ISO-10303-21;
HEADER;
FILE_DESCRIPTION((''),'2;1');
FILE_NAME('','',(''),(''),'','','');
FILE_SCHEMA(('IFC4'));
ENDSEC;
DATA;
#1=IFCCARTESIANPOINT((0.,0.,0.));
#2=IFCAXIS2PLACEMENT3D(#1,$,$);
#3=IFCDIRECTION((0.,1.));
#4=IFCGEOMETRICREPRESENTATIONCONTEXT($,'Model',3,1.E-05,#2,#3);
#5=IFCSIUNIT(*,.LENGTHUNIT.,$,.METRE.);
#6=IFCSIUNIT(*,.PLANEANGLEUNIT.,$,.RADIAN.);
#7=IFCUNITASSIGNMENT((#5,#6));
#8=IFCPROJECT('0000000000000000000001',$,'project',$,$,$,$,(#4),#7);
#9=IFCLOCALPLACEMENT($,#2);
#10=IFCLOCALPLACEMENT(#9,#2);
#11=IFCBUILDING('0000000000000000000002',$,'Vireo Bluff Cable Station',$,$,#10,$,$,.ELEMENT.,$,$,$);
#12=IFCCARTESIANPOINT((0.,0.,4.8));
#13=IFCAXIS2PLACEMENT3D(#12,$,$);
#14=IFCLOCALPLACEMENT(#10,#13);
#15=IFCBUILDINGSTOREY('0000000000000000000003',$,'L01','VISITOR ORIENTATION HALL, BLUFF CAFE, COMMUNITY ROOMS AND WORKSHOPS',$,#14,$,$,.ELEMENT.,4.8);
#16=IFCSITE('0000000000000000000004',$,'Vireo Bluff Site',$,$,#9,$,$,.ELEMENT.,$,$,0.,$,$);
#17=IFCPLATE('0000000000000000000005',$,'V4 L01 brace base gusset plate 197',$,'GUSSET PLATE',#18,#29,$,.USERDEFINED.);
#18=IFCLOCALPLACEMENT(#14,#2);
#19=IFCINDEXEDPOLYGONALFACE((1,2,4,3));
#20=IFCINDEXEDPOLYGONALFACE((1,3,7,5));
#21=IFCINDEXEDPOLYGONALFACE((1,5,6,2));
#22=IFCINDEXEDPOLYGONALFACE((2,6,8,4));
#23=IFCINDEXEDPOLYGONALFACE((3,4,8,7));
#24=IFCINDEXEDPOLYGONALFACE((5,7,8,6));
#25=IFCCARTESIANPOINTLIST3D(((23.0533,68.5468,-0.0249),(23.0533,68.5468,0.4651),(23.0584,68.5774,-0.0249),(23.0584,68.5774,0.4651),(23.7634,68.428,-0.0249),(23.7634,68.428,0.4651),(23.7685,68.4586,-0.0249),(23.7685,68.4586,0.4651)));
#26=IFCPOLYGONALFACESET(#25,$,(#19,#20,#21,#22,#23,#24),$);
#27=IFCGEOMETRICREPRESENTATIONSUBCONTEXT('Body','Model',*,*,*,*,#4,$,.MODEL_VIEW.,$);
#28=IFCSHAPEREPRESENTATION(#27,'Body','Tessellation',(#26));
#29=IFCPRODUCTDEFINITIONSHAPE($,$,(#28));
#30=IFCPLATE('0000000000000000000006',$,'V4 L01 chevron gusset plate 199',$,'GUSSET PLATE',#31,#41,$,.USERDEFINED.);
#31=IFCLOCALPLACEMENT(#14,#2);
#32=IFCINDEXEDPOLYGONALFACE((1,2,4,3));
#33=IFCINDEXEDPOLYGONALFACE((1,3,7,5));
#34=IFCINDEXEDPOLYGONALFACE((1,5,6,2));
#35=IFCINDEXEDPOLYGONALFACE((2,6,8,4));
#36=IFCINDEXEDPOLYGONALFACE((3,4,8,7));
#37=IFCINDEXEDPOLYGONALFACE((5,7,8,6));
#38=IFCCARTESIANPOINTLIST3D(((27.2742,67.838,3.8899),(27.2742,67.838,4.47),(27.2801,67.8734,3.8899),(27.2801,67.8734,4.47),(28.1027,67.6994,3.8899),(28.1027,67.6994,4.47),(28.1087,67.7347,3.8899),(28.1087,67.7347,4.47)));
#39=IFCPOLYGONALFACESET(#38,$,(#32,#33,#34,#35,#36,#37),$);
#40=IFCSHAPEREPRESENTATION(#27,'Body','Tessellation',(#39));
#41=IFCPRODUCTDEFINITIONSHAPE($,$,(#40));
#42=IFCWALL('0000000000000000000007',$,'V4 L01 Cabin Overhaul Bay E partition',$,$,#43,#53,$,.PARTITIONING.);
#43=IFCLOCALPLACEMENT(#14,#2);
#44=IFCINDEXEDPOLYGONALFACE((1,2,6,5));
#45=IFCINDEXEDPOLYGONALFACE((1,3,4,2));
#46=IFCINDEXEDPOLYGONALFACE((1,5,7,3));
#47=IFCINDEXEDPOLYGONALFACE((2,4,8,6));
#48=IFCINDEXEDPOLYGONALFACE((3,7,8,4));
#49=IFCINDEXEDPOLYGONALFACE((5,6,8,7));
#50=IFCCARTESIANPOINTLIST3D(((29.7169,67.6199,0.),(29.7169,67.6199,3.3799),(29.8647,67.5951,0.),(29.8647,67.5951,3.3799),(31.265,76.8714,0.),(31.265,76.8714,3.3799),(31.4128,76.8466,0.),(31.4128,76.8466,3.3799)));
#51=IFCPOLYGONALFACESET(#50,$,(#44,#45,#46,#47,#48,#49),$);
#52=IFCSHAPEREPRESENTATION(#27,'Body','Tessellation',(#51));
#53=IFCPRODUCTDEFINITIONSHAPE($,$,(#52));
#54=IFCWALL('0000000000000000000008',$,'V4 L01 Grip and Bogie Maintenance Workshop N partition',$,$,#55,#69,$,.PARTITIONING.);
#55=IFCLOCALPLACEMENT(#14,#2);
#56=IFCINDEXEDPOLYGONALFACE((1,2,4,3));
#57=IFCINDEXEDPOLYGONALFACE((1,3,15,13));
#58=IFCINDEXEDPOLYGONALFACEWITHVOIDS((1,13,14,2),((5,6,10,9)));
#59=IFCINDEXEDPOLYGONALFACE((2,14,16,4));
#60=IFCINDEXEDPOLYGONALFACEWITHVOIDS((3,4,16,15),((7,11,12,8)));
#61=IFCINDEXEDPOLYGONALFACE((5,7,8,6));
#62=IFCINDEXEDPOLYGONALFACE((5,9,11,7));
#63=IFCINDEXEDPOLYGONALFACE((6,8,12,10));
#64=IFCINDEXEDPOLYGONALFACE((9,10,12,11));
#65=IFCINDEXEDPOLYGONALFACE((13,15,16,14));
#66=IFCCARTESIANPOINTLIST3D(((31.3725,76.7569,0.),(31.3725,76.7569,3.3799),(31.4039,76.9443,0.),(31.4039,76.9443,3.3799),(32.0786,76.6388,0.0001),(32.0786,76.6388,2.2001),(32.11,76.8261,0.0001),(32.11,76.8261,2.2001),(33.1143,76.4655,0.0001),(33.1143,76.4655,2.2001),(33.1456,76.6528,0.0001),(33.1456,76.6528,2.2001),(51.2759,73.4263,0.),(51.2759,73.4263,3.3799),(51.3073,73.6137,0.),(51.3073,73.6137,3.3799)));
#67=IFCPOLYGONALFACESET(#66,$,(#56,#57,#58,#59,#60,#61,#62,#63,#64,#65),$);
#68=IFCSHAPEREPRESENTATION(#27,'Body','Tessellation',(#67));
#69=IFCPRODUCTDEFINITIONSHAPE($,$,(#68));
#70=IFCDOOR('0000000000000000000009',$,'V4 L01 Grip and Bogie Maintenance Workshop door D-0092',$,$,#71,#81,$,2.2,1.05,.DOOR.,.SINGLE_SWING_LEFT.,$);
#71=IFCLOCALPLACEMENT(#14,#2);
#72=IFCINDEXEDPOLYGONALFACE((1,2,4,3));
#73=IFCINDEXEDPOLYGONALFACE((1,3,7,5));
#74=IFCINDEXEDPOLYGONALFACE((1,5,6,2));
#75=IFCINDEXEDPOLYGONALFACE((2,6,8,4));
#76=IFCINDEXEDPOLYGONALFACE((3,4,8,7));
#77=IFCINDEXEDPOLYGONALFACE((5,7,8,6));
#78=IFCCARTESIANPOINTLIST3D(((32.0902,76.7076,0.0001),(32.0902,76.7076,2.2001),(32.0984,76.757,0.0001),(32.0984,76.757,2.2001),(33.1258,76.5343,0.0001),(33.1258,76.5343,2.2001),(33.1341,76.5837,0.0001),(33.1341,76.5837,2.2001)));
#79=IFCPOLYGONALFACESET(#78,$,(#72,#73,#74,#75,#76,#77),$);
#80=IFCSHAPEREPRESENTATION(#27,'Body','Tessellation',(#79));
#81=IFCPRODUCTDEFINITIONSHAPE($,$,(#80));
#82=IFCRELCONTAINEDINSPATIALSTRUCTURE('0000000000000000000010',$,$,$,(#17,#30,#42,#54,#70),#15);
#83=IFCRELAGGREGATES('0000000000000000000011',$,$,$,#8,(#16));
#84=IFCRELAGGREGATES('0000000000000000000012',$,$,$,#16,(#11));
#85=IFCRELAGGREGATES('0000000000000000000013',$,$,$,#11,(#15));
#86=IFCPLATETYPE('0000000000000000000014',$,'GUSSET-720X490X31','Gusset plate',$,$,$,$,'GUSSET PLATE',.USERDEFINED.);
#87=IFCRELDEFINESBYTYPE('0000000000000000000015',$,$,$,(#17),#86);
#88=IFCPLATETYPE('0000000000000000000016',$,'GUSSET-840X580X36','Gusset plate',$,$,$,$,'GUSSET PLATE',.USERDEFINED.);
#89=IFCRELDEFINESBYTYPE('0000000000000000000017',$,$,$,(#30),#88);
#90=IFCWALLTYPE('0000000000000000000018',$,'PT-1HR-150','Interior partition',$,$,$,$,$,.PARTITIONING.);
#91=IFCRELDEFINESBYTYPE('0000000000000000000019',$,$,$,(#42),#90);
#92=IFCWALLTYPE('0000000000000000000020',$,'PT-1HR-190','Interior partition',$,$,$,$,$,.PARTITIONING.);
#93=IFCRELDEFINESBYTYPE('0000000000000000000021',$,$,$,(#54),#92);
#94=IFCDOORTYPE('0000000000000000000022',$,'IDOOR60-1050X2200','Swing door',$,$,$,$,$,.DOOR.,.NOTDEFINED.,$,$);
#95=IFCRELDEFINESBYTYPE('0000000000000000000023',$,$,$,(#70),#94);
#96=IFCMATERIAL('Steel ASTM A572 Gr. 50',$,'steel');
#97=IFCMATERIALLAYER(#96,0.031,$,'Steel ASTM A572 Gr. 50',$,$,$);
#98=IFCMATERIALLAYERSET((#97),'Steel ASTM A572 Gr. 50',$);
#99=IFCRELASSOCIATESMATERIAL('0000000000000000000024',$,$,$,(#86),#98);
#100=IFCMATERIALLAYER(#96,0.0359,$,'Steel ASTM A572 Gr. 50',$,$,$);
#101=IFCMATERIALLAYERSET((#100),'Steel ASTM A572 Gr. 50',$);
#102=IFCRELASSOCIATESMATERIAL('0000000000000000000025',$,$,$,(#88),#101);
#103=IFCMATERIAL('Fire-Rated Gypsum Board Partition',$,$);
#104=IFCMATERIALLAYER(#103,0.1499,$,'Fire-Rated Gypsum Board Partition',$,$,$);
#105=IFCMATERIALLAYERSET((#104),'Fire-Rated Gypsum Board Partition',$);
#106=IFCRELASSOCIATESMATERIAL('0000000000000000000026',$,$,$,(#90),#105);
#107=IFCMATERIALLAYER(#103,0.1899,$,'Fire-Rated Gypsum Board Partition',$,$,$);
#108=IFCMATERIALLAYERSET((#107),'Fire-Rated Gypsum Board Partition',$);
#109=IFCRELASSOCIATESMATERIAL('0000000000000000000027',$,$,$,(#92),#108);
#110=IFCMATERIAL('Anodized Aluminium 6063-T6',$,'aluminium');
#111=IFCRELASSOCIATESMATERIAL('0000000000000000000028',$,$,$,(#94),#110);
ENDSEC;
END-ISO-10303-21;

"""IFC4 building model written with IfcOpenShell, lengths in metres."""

from ifc_helpers import new_model, si_unit, direction, frame, frame_2d, origin, origin_with_axes, origin_2d, place, context, subcontext, project, spatial, rectangle, extrude, material, layer, layer_set, type_object, element, fill, save


model = new_model("IFC4")

# Units and contexts
model_context = context("Model", 3, precision=1e-05, world=origin(), true_north=direction((0.0, 1.0)))
body_context = subcontext(model_context, "Body", "Model", "MODEL_VIEW")
ifc_project = project(units=[si_unit("LENGTHUNIT", "METRE"), si_unit("PLANEANGLEUNIT", "RADIAN")], contexts=[model_context])

# Site, building, storey
site_placement = place(None, origin())
site = spatial("IfcSite", under=ifc_project, at=site_placement, Name="Vireo Bluff Site", CompositionType="ELEMENT", RefElevation=0.0)
building_placement = place(site_placement, origin())
building = spatial("IfcBuilding", under=site, at=building_placement, Name="Vireo Bluff Cable Station", CompositionType="ELEMENT")
storey_placement = place(building_placement, frame((0.0, 0.0, 4.8)))
storey = spatial("IfcBuildingStorey", under=building, at=storey_placement, Name="L01", Description="VISITOR ORIENTATION HALL, BLUFF CAFE, COMMUNITY ROOMS AND WORKSHOPS", CompositionType="ELEMENT", Elevation=4.8)

# Plates
ifc_material_1 = material(Name="Steel ASTM A572 Gr. 50", Category="steel")
ifc_layer_1 = layer(ifc_material_1, 0.031, Name="Steel ASTM A572 Gr. 50")
ifc_layer_set_1 = layer_set([ifc_layer_1], Name="Steel ASTM A572 Gr. 50")
plate_type_1 = type_object("IfcPlateType", Name="GUSSET-720X490X31", Description="Gusset plate", ElementType="GUSSET PLATE", PredefinedType="USERDEFINED", material=ifc_layer_set_1)
plate_1_placement = place(storey_placement, frame((23.4109, 68.5027, -0.0249), z_axis=(0.0, 0.0, 1.0), x_axis=(0.986286, -0.165048, 0.0)))
element("IfcPlate", 1, at=plate_1_placement, inside=storey, type_object=plate_type_1, Name="V4 L01 brace base gusset plate 197", ObjectType="GUSSET PLATE", PredefinedType="USERDEFINED", context=body_context, shape_type="SweptSolid", body=[
    extrude(rectangle(XDim=0.72, YDim=0.031, at=origin_2d()), origin(), (0.0, 0.0, 1.0), 0.49),
])
ifc_layer_2 = layer(ifc_material_1, 0.0359, Name="Steel ASTM A572 Gr. 50")
ifc_layer_set_2 = layer_set([ifc_layer_2], Name="Steel ASTM A572 Gr. 50")
plate_type_2 = type_object("IfcPlateType", Name="GUSSET-840X580X36", Description="Gusset plate", ElementType="GUSSET PLATE", PredefinedType="USERDEFINED", material=ifc_layer_set_2)
plate_2_placement = place(storey_placement, frame((27.6914, 67.7864, 3.8899), z_axis=(0.0, 0.0, 1.0), x_axis=(0.986286, -0.165048, 0.0)))
element("IfcPlate", 2, at=plate_2_placement, inside=storey, type_object=plate_type_2, Name="V4 L01 chevron gusset plate 199", ObjectType="GUSSET PLATE", PredefinedType="USERDEFINED", context=body_context, shape_type="SweptSolid", body=[
    extrude(rectangle(XDim=0.8401, YDim=0.0359, at=origin_2d()), origin(), (0.0, 0.0, 1.0), 0.5801),
])

# Wall
ifc_material_2 = material(Name="Fire-Rated Gypsum Board Partition")
ifc_layer_3 = layer(ifc_material_2, 0.1499, Name="Fire-Rated Gypsum Board Partition")
ifc_layer_set_3 = layer_set([ifc_layer_3], Name="Fire-Rated Gypsum Board Partition")
wall_type_1 = type_object("IfcWallType", Name="PT-1HR-150", Description="Interior partition", PredefinedType="PARTITIONING", material=ifc_layer_set_3)
wall_1_placement = place(storey_placement, frame((31.3389, 76.8589, 0.0), z_axis=(0.0, 0.0, 1.0), x_axis=(-0.16504, -0.986287, 0.0)))
element("IfcWall", 3, at=wall_1_placement, inside=storey, type_object=wall_type_1, Name="V4 L01 Cabin Overhaul Bay E partition", PredefinedType="PARTITIONING", context=body_context, shape_type="SweptSolid", body=[
    extrude(rectangle(XDim=9.3801, YDim=0.1499, at=frame_2d((4.6899, 0.0))), origin(), (0.0, 0.0, 1.0), 3.3799),
])

# Wall, opening, door
ifc_layer_4 = layer(ifc_material_2, 0.1899, Name="Fire-Rated Gypsum Board Partition")
ifc_layer_set_4 = layer_set([ifc_layer_4], Name="Fire-Rated Gypsum Board Partition")
wall_type_2 = type_object("IfcWallType", Name="PT-1HR-190", Description="Interior partition", PredefinedType="PARTITIONING", material=ifc_layer_set_4)
wall_2_placement = place(storey_placement, frame((31.3882, 76.8506, 0.0), z_axis=(0.0, 0.0, 1.0), x_axis=(0.986286, -0.165042, 0.0)))
wall_2 = element("IfcWall", 4, at=wall_2_placement, inside=storey, type_object=wall_type_2, Name="V4 L01 Grip and Bogie Maintenance Workshop N partition", PredefinedType="PARTITIONING", context=body_context, shape_type="SweptSolid", body=[
    extrude(rectangle(XDim=20.1802, YDim=0.1899, at=frame_2d((10.0901, 0.0))), origin(), (0.0, 0.0, 1.0), 3.3799),
])
opening_placement = place(wall_2_placement, frame((0.7161, 0.0, 0.0)))
opening = element("IfcOpeningElement", 5, at=opening_placement, cuts=wall_2, PredefinedType="OPENING", context=body_context, shape_type="SweptSolid", body=[
    extrude(rectangle(XDim=1.05, YDim=2.2, at=frame_2d((0.5249, 1.1001))), frame((0.0, 0.105, 0.0), z_axis=(0.0, -1.0, 0.0), x_axis=(1.0, 0.0, 0.0)), (0.0, 0.0, 1.0), 0.21),
])
ifc_material_3 = material(Name="Anodized Aluminium 6063-T6", Category="aluminium")
door_type = type_object("IfcDoorType", Name="IDOOR60-1050X2200", Description="Swing door", OperationType="NOTDEFINED", PredefinedType="DOOR", material=ifc_material_3)
door_placement = place(opening_placement, origin_with_axes())
door = element("IfcDoor", 6, at=door_placement, inside=storey, type_object=door_type, Name="V4 L01 Grip and Bogie Maintenance Workshop door D-0092", OperationType="SINGLE_SWING_LEFT", OverallHeight=2.2, OverallWidth=1.05, PredefinedType="DOOR", context=body_context, shape_type="SweptSolid", body=[
    extrude(rectangle(XDim=1.05, YDim=2.2, at=frame_2d((0.5249, 1.1001))), frame((0.0, 0.0249, 0.0), z_axis=(0.0, -1.0, 0.0), x_axis=(1.0, 0.0, 0.0)), (0.0, 0.0, 1.0), 0.05),
])
fill(opening, door)

save(model, "model.ifc")
